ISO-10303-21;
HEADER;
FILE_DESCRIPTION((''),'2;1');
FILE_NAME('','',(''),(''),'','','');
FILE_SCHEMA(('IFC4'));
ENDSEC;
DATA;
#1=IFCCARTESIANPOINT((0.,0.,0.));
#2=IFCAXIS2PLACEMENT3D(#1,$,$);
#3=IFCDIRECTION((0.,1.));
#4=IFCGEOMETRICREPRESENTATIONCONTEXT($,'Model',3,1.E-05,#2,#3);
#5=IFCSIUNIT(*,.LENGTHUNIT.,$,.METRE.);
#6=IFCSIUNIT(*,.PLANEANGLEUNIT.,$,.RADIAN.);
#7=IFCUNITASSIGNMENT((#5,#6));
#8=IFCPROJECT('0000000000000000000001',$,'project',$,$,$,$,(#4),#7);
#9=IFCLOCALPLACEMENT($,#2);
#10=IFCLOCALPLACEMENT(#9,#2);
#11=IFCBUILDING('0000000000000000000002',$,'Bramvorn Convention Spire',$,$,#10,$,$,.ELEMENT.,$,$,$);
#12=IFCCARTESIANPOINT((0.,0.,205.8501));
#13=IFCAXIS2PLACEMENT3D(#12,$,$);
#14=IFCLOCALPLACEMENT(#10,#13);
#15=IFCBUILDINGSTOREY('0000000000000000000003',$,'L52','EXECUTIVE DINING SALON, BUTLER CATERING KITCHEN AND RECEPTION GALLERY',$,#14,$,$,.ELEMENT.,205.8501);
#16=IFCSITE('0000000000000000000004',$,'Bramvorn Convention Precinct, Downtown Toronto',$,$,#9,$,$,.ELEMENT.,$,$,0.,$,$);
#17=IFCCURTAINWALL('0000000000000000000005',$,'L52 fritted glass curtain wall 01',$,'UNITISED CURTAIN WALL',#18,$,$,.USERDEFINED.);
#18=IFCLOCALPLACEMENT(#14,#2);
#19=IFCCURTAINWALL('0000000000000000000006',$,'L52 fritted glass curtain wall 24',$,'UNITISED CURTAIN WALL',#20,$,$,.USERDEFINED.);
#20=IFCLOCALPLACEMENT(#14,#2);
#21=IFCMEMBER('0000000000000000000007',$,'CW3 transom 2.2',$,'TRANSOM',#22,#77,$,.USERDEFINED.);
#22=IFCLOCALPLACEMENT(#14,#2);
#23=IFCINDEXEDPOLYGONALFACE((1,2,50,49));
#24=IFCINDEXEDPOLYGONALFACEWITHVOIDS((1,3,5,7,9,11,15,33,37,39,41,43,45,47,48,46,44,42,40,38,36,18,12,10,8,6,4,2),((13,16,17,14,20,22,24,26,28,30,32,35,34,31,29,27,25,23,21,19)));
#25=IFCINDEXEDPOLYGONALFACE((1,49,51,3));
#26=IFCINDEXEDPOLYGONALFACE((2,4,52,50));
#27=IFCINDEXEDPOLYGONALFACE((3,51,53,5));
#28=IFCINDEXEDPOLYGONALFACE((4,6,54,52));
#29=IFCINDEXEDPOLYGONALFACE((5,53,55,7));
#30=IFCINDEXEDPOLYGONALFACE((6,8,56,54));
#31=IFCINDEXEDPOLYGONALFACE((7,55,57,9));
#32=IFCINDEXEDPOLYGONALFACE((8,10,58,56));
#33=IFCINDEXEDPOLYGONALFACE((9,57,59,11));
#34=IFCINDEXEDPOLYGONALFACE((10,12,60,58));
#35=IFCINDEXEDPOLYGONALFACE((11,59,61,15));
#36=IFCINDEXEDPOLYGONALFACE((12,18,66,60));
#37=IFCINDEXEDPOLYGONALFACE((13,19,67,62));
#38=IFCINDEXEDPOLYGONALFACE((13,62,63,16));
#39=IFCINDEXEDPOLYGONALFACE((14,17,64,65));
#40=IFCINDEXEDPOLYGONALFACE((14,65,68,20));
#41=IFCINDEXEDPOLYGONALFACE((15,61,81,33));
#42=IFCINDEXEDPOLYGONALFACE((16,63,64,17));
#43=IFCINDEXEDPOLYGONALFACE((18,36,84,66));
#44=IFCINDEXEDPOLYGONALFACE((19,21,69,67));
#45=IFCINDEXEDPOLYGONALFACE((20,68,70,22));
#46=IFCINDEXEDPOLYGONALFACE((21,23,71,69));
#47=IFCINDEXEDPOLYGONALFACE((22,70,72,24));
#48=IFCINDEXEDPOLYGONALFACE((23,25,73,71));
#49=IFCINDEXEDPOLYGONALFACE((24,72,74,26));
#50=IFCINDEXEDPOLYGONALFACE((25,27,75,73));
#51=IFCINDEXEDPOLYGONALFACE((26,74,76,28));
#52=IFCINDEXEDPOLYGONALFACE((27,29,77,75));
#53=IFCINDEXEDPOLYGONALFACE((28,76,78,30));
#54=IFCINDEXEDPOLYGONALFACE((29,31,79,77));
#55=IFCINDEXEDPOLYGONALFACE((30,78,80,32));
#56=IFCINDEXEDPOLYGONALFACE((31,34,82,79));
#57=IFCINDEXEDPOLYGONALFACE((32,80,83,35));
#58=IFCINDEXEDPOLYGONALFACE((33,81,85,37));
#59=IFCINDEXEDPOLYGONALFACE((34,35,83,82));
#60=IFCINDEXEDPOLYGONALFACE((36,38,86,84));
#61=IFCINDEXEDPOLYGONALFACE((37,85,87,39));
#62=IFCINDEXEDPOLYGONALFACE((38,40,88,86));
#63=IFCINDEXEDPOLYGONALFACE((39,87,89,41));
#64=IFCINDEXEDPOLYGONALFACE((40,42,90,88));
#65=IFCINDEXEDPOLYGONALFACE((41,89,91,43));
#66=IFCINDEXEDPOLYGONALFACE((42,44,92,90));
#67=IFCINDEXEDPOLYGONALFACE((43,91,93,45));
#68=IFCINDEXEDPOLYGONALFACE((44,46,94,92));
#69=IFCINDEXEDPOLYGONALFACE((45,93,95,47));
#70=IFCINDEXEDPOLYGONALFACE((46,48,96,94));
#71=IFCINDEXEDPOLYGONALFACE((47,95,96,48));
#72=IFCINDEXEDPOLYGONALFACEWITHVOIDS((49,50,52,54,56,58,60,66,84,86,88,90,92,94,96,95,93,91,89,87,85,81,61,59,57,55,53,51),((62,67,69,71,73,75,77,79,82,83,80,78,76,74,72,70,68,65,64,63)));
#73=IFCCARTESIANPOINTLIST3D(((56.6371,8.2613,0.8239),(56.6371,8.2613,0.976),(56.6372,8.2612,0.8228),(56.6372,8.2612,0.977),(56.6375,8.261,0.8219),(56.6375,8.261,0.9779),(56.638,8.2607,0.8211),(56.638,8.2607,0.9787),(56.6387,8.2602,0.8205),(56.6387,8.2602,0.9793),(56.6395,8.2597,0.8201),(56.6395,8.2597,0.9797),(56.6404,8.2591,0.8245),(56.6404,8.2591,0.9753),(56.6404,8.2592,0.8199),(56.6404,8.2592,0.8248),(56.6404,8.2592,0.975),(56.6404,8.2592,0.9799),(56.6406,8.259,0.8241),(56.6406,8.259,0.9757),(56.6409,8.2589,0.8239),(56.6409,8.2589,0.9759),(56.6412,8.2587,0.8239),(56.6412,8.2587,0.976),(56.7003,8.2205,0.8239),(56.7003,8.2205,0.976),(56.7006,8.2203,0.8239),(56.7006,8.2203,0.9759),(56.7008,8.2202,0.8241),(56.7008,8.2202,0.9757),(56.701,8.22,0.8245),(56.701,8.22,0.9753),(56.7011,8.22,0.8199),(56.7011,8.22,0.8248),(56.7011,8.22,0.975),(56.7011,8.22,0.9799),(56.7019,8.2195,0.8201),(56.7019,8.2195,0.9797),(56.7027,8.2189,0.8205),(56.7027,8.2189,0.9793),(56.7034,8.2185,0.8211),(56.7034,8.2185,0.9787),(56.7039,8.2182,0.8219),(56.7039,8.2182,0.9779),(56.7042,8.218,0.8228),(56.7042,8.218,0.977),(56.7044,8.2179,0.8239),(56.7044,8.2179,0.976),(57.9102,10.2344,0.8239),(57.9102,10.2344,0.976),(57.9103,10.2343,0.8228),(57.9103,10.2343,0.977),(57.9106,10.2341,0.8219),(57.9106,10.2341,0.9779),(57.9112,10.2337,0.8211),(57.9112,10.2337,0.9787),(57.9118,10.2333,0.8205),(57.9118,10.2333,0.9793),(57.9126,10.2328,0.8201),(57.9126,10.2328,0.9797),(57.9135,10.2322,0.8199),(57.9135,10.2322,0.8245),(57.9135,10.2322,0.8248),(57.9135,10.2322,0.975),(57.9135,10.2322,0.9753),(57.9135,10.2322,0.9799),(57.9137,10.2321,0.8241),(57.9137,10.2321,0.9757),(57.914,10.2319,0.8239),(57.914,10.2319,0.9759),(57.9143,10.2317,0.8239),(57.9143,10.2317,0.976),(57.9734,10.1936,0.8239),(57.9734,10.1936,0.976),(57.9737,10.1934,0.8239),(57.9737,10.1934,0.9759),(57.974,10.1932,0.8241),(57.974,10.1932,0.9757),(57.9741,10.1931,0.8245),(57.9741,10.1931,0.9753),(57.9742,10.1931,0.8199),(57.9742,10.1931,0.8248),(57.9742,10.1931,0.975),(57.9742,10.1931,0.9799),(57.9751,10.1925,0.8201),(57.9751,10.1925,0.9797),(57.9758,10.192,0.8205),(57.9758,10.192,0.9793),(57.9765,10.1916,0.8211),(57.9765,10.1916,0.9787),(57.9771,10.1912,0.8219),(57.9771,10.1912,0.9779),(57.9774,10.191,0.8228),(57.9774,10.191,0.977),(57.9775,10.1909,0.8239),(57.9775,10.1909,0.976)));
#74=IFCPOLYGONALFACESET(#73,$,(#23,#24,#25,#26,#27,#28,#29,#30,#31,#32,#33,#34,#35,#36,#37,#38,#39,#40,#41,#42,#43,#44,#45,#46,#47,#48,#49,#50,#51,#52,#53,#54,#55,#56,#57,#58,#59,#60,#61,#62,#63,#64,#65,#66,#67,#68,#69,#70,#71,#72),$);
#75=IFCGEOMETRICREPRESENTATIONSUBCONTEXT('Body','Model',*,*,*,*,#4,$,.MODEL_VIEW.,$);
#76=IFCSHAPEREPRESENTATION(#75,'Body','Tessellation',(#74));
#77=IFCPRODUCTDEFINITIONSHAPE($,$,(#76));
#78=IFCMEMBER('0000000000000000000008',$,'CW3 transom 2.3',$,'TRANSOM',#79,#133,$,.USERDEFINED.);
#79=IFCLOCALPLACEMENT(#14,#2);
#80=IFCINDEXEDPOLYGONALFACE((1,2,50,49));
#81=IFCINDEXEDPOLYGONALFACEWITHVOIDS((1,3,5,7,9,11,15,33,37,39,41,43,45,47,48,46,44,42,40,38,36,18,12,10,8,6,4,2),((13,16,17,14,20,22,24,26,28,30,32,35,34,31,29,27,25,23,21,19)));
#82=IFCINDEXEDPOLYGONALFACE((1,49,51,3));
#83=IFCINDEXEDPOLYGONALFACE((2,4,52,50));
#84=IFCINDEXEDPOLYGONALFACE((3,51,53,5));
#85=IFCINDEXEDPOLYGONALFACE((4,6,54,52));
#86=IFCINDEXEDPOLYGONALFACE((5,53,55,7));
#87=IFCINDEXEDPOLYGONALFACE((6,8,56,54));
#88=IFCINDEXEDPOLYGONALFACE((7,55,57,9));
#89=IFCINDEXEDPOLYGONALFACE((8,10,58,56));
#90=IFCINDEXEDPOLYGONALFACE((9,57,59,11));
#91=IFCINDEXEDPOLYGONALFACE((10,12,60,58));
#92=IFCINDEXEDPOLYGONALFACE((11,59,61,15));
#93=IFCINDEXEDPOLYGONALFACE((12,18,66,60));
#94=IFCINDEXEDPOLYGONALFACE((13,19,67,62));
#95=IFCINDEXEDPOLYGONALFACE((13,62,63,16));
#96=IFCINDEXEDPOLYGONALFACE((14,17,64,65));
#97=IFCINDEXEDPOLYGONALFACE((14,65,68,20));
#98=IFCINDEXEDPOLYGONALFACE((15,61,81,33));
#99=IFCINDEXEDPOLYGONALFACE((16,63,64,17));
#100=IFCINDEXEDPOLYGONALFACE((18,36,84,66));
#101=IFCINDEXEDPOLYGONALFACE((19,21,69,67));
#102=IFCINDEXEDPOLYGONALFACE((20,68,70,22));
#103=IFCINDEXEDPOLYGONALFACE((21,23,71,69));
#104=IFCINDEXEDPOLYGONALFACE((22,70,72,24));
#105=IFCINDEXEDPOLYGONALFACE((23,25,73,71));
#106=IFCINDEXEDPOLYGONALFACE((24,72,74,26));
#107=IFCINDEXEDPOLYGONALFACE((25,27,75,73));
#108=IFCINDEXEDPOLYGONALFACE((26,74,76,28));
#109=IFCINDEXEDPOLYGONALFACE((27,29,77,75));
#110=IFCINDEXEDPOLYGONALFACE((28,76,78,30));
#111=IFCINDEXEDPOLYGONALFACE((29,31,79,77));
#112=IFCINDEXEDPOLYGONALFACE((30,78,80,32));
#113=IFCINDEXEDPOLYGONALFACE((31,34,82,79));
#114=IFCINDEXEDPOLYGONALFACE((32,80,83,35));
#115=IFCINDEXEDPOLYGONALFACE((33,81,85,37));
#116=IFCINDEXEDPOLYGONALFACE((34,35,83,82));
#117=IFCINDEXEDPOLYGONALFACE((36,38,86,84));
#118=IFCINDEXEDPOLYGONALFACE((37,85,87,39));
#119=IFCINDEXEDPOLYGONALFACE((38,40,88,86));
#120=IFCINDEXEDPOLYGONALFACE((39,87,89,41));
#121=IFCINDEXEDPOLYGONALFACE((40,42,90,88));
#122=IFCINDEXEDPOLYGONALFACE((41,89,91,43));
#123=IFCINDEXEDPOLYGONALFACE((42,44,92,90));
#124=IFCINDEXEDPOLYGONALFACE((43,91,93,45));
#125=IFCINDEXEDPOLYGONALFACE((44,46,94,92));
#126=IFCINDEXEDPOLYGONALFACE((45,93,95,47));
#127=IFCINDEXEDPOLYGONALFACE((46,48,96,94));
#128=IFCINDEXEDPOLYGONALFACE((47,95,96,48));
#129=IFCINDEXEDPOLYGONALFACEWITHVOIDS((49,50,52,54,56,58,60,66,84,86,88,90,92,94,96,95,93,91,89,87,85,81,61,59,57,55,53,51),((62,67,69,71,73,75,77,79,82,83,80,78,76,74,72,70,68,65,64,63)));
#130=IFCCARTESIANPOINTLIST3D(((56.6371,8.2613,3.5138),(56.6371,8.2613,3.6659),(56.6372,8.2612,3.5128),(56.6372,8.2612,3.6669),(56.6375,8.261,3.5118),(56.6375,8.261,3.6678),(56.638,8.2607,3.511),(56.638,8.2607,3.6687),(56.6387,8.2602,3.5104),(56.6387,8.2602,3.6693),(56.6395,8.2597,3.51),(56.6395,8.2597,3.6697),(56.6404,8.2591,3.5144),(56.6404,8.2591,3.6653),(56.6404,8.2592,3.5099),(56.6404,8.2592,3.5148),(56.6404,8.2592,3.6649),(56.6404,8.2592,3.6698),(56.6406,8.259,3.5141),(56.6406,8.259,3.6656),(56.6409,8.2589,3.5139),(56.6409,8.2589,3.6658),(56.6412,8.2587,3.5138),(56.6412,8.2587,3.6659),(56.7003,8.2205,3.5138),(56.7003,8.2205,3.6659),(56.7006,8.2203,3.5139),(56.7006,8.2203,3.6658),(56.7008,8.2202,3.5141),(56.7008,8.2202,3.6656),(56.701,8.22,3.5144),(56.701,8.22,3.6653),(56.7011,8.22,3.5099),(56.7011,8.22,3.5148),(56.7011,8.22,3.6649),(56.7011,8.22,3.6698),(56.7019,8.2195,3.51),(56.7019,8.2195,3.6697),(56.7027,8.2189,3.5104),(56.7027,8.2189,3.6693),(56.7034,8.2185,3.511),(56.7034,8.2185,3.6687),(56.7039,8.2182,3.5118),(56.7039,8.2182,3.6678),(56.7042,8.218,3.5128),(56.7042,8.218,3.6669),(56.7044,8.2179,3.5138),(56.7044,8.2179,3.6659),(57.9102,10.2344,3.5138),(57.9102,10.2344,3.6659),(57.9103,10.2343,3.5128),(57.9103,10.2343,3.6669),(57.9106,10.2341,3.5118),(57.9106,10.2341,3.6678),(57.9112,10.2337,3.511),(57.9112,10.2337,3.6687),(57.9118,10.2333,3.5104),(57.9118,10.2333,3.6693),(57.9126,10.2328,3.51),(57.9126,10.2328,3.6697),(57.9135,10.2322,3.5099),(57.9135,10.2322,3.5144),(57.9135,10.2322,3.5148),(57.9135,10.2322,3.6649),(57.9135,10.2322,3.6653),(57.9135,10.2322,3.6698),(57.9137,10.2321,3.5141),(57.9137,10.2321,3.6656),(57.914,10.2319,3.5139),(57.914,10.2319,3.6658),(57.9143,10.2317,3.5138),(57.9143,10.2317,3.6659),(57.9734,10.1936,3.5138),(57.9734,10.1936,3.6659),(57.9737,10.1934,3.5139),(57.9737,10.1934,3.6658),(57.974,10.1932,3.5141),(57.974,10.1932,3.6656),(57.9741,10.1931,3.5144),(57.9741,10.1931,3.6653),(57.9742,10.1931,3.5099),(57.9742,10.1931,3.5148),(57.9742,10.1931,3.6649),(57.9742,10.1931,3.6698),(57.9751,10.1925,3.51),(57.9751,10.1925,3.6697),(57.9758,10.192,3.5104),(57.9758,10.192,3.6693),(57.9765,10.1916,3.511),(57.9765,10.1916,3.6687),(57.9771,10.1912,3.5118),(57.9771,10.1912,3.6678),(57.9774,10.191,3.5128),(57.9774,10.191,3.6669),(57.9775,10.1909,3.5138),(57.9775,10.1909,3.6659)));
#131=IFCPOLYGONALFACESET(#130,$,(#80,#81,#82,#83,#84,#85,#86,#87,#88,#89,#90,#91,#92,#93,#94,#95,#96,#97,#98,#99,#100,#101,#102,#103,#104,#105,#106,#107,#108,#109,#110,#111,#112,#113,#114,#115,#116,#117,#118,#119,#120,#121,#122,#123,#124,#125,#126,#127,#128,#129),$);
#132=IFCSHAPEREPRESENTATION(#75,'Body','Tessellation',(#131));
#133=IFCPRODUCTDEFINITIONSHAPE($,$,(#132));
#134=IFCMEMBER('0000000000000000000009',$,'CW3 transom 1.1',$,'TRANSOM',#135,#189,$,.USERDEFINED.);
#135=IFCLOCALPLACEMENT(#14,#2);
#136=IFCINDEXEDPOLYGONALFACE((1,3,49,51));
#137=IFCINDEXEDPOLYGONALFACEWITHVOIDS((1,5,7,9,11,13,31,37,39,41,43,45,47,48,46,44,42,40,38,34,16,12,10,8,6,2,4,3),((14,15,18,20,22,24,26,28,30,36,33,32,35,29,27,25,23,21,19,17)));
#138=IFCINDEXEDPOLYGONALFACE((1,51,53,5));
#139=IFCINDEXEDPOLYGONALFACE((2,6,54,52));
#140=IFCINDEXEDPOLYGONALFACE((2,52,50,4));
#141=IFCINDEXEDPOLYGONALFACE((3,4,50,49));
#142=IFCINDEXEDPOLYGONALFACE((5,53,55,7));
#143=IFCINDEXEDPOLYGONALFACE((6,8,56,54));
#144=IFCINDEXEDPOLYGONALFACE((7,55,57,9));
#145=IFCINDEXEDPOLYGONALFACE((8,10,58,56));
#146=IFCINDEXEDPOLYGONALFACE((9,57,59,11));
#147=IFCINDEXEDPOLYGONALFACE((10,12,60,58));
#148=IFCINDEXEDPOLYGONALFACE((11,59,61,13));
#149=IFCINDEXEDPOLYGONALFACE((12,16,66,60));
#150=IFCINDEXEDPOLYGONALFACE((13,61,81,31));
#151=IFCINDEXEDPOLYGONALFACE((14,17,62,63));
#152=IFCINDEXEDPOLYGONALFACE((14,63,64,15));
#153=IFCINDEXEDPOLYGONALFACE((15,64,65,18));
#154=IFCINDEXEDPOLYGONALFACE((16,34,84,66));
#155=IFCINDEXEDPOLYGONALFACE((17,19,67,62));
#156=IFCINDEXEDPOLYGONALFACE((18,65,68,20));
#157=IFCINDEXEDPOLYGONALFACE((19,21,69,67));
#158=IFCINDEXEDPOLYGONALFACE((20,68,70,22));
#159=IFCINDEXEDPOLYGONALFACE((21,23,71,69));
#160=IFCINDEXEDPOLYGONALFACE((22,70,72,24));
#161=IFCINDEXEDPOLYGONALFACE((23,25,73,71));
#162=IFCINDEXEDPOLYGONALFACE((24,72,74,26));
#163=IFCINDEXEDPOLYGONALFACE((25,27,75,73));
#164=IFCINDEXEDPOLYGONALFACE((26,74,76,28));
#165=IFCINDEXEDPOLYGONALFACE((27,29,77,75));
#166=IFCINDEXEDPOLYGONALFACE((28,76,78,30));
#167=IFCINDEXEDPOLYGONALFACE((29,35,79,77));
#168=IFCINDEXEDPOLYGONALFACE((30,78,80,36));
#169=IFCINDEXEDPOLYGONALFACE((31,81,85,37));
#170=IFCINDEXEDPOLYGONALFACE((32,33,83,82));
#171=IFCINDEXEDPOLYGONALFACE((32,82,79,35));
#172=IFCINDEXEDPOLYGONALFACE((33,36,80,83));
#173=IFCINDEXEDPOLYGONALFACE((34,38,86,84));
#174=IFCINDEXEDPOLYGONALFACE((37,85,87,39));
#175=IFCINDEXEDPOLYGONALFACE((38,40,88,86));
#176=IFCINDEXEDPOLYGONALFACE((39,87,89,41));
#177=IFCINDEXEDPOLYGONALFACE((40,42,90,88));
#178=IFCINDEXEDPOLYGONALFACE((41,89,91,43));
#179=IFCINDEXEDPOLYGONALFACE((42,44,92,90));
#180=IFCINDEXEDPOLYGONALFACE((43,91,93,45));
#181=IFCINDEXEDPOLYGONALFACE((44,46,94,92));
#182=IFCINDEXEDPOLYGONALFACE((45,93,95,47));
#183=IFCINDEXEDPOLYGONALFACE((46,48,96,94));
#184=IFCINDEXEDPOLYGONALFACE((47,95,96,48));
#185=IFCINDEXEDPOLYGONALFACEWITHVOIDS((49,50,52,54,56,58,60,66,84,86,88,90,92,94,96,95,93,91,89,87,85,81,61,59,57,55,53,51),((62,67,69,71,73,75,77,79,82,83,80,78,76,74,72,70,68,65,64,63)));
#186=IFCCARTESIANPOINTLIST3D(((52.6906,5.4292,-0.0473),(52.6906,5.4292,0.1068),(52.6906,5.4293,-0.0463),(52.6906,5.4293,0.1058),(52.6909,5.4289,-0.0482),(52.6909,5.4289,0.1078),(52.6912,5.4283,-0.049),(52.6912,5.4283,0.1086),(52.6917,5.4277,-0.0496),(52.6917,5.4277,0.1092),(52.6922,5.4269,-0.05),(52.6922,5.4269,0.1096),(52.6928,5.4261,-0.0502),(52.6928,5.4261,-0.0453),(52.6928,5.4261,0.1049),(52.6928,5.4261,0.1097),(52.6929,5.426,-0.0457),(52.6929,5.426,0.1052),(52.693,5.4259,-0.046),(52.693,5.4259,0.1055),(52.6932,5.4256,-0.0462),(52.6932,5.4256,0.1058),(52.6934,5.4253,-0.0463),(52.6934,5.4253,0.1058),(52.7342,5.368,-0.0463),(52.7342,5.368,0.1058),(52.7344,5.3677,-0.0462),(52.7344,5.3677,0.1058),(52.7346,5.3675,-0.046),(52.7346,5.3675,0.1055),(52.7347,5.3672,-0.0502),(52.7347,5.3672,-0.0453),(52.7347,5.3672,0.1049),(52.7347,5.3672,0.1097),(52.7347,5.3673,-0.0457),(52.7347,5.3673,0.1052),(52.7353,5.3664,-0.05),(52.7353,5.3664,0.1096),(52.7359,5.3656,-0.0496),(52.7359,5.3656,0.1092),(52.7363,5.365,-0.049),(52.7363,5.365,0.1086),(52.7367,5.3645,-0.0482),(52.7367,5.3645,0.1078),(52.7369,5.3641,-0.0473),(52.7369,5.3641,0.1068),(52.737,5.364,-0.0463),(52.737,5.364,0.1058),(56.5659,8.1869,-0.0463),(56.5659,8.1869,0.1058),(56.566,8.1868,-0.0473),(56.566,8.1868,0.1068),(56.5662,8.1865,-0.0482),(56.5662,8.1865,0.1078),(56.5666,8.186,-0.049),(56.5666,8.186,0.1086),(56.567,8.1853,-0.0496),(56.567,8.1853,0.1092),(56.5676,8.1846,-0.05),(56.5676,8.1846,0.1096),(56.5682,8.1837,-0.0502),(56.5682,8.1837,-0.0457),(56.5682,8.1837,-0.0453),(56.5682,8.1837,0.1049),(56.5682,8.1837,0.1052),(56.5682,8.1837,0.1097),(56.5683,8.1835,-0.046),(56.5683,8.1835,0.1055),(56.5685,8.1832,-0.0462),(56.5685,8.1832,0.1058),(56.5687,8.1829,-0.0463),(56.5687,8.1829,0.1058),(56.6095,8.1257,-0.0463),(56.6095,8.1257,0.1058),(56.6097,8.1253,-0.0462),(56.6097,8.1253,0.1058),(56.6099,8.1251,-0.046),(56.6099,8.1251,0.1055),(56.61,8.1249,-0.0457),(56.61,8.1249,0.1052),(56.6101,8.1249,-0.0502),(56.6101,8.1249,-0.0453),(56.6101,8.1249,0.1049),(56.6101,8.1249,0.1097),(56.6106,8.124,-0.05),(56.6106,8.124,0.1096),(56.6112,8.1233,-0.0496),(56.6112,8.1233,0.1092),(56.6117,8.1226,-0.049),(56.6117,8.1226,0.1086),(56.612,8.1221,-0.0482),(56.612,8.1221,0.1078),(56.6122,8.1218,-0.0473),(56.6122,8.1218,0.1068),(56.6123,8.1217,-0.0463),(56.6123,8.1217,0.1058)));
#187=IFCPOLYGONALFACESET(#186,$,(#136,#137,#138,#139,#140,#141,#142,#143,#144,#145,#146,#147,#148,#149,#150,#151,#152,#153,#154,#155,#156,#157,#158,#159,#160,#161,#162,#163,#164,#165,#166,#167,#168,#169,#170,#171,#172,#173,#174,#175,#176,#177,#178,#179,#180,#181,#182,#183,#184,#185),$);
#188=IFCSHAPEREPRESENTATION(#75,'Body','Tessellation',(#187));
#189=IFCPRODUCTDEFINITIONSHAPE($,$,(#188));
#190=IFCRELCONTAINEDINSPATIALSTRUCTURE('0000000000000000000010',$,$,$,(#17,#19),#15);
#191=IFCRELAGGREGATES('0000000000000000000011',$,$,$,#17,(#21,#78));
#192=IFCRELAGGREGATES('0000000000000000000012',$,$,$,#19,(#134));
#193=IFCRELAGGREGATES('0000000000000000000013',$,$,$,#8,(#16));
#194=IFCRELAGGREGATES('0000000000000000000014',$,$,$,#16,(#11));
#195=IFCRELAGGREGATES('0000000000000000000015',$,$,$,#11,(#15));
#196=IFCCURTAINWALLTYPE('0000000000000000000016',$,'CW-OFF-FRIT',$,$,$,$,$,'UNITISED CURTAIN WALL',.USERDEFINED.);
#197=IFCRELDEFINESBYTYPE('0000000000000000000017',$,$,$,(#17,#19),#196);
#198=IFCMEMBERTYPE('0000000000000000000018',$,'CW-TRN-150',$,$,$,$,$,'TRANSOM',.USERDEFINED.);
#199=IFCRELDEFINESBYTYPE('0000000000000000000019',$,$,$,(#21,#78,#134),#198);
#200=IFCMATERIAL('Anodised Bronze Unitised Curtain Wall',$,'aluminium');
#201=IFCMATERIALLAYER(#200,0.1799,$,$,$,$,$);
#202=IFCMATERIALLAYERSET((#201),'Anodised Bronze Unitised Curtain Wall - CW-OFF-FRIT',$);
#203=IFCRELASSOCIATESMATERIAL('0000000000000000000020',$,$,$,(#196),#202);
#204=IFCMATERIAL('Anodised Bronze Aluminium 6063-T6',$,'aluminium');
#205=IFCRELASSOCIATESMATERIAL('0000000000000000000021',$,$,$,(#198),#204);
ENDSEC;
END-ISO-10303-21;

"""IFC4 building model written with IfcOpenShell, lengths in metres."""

from ifc_helpers import new_model, si_unit, direction, frame, origin, origin_2d, place, context, subcontext, project, spatial, hollow_rectangle, extrude, material, layer, layer_set, material_profile, profile_set, type_object, element, aggregate, save


model = new_model("IFC4")

# Units and contexts
model_context = context("Model", 3, precision=1e-05, world=origin(), true_north=direction((0.0, 1.0)))
body_context = subcontext(model_context, "Body", "Model", "MODEL_VIEW")
ifc_project = project(units=[si_unit("LENGTHUNIT", "METRE"), si_unit("PLANEANGLEUNIT", "RADIAN")], contexts=[model_context])

# Site, building, storey
site_placement = place(None, origin())
site = spatial("IfcSite", under=ifc_project, at=site_placement, Name="Bramvorn Convention Precinct, Downtown Toronto", CompositionType="ELEMENT", RefElevation=0.0)
building_placement = place(site_placement, origin())
building = spatial("IfcBuilding", under=site, at=building_placement, Name="Bramvorn Convention Spire", CompositionType="ELEMENT")
storey_placement = place(building_placement, frame((0.0, 0.0, 205.8501)))
storey = spatial("IfcBuildingStorey", under=building, at=storey_placement, Name="L52", Description="EXECUTIVE DINING SALON, BUTLER CATERING KITCHEN AND RECEPTION GALLERY", CompositionType="ELEMENT", Elevation=205.8501)

# Curtain walls
ifc_material_1 = material(Name="Anodised Bronze Unitised Curtain Wall", Category="aluminium")
ifc_layer_1 = layer(ifc_material_1, 0.1799)
ifc_layer_set_1 = layer_set([ifc_layer_1], Name="Anodised Bronze Unitised Curtain Wall - CW-OFF-FRIT")
curtain_wall_type = type_object("IfcCurtainWallType", Name="CW-OFF-FRIT", ElementType="UNITISED CURTAIN WALL", PredefinedType="USERDEFINED", material=ifc_layer_set_1)
curtain_wall_1_placement = place(storey_placement, origin())
curtain_wall_1 = element("IfcCurtainWall", 1, at=curtain_wall_1_placement, inside=storey, type_object=curtain_wall_type, Name="L52 fritted glass curtain wall 01", ObjectType="UNITISED CURTAIN WALL", PredefinedType="USERDEFINED")
ifc_material_2 = material(Name="Anodised Bronze Aluminium 6063-T6", Category="aluminium")
curtain_wall_2_placement = place(storey_placement, origin())
curtain_wall_2 = element("IfcCurtainWall", 2, at=curtain_wall_2_placement, inside=storey, type_object=curtain_wall_type, Name="L52 fritted glass curtain wall 24", ObjectType="UNITISED CURTAIN WALL", PredefinedType="USERDEFINED")

# Members
ifc_material_profile_1 = material_profile(ifc_material_2, hollow_rectangle(XDim=0.0801, YDim=0.1599, WallThickness=0.0039, InnerFilletRadius=0.001, OuterFilletRadius=0.0039, at=origin_2d()))
ifc_profile_set_1 = profile_set([ifc_material_profile_1], Name="Anodised Bronze Aluminium 6063-T6 - CWT80X160")
member_type_1 = type_object("IfcMemberType", Name="CW-TRN-150", ElementType="TRANSOM", PredefinedType="USERDEFINED", material=ifc_profile_set_1)
member_1_placement = place(storey_placement, frame((57.9438, 10.2126, 0.8999), z_axis=(-0.542186, -0.840258, 0.0), x_axis=(0.840258, -0.542186, 0.0)))
member_1 = element("IfcMember", 3, at=member_1_placement, type_object=member_type_1, Name="CW3 transom 2.2", ObjectType="TRANSOM", PredefinedType="USERDEFINED", context=body_context, shape_type="SweptSolid", body=[
    extrude(hollow_rectangle(XDim=0.0801, YDim=0.1599, WallThickness=0.0039, InnerFilletRadius=0.001, OuterFilletRadius=0.0039, at=origin_2d()), origin(), (0.0, 0.0, 1.0), 2.3481),
])
member_2_placement = place(storey_placement, frame((57.9438, 10.2126, 3.5898), z_axis=(-0.542186, -0.840258, 0.0), x_axis=(0.840258, -0.542186, 0.0)))
member_2 = element("IfcMember", 4, at=member_2_placement, type_object=member_type_1, Name="CW3 transom 2.3", ObjectType="TRANSOM", PredefinedType="USERDEFINED", context=body_context, shape_type="SweptSolid", body=[
    extrude(hollow_rectangle(XDim=0.0801, YDim=0.1599, WallThickness=0.0039, InnerFilletRadius=0.001, OuterFilletRadius=0.0039, at=origin_2d()), origin(), (0.0, 0.0, 1.0), 2.3481),
])
member_3_placement = place(storey_placement, frame((56.5891, 8.1543, 0.0298), z_axis=(-0.814773, -0.579781, 0.0), x_axis=(0.579781, -0.814773, 0.0)))
member_3 = element("IfcMember", 5, at=member_3_placement, type_object=member_type_1, Name="CW3 transom 1.1", ObjectType="TRANSOM", PredefinedType="USERDEFINED", context=body_context, shape_type="SweptSolid", body=[
    extrude(hollow_rectangle(XDim=0.0801, YDim=0.1599, WallThickness=0.0039, InnerFilletRadius=0.001, OuterFilletRadius=0.0039, at=origin_2d()), origin(), (0.0, 0.0, 1.0), 4.7563),
])

aggregate(curtain_wall_1, [member_1, member_2])
aggregate(curtain_wall_2, [member_3])

save(model, "model.ifc")
